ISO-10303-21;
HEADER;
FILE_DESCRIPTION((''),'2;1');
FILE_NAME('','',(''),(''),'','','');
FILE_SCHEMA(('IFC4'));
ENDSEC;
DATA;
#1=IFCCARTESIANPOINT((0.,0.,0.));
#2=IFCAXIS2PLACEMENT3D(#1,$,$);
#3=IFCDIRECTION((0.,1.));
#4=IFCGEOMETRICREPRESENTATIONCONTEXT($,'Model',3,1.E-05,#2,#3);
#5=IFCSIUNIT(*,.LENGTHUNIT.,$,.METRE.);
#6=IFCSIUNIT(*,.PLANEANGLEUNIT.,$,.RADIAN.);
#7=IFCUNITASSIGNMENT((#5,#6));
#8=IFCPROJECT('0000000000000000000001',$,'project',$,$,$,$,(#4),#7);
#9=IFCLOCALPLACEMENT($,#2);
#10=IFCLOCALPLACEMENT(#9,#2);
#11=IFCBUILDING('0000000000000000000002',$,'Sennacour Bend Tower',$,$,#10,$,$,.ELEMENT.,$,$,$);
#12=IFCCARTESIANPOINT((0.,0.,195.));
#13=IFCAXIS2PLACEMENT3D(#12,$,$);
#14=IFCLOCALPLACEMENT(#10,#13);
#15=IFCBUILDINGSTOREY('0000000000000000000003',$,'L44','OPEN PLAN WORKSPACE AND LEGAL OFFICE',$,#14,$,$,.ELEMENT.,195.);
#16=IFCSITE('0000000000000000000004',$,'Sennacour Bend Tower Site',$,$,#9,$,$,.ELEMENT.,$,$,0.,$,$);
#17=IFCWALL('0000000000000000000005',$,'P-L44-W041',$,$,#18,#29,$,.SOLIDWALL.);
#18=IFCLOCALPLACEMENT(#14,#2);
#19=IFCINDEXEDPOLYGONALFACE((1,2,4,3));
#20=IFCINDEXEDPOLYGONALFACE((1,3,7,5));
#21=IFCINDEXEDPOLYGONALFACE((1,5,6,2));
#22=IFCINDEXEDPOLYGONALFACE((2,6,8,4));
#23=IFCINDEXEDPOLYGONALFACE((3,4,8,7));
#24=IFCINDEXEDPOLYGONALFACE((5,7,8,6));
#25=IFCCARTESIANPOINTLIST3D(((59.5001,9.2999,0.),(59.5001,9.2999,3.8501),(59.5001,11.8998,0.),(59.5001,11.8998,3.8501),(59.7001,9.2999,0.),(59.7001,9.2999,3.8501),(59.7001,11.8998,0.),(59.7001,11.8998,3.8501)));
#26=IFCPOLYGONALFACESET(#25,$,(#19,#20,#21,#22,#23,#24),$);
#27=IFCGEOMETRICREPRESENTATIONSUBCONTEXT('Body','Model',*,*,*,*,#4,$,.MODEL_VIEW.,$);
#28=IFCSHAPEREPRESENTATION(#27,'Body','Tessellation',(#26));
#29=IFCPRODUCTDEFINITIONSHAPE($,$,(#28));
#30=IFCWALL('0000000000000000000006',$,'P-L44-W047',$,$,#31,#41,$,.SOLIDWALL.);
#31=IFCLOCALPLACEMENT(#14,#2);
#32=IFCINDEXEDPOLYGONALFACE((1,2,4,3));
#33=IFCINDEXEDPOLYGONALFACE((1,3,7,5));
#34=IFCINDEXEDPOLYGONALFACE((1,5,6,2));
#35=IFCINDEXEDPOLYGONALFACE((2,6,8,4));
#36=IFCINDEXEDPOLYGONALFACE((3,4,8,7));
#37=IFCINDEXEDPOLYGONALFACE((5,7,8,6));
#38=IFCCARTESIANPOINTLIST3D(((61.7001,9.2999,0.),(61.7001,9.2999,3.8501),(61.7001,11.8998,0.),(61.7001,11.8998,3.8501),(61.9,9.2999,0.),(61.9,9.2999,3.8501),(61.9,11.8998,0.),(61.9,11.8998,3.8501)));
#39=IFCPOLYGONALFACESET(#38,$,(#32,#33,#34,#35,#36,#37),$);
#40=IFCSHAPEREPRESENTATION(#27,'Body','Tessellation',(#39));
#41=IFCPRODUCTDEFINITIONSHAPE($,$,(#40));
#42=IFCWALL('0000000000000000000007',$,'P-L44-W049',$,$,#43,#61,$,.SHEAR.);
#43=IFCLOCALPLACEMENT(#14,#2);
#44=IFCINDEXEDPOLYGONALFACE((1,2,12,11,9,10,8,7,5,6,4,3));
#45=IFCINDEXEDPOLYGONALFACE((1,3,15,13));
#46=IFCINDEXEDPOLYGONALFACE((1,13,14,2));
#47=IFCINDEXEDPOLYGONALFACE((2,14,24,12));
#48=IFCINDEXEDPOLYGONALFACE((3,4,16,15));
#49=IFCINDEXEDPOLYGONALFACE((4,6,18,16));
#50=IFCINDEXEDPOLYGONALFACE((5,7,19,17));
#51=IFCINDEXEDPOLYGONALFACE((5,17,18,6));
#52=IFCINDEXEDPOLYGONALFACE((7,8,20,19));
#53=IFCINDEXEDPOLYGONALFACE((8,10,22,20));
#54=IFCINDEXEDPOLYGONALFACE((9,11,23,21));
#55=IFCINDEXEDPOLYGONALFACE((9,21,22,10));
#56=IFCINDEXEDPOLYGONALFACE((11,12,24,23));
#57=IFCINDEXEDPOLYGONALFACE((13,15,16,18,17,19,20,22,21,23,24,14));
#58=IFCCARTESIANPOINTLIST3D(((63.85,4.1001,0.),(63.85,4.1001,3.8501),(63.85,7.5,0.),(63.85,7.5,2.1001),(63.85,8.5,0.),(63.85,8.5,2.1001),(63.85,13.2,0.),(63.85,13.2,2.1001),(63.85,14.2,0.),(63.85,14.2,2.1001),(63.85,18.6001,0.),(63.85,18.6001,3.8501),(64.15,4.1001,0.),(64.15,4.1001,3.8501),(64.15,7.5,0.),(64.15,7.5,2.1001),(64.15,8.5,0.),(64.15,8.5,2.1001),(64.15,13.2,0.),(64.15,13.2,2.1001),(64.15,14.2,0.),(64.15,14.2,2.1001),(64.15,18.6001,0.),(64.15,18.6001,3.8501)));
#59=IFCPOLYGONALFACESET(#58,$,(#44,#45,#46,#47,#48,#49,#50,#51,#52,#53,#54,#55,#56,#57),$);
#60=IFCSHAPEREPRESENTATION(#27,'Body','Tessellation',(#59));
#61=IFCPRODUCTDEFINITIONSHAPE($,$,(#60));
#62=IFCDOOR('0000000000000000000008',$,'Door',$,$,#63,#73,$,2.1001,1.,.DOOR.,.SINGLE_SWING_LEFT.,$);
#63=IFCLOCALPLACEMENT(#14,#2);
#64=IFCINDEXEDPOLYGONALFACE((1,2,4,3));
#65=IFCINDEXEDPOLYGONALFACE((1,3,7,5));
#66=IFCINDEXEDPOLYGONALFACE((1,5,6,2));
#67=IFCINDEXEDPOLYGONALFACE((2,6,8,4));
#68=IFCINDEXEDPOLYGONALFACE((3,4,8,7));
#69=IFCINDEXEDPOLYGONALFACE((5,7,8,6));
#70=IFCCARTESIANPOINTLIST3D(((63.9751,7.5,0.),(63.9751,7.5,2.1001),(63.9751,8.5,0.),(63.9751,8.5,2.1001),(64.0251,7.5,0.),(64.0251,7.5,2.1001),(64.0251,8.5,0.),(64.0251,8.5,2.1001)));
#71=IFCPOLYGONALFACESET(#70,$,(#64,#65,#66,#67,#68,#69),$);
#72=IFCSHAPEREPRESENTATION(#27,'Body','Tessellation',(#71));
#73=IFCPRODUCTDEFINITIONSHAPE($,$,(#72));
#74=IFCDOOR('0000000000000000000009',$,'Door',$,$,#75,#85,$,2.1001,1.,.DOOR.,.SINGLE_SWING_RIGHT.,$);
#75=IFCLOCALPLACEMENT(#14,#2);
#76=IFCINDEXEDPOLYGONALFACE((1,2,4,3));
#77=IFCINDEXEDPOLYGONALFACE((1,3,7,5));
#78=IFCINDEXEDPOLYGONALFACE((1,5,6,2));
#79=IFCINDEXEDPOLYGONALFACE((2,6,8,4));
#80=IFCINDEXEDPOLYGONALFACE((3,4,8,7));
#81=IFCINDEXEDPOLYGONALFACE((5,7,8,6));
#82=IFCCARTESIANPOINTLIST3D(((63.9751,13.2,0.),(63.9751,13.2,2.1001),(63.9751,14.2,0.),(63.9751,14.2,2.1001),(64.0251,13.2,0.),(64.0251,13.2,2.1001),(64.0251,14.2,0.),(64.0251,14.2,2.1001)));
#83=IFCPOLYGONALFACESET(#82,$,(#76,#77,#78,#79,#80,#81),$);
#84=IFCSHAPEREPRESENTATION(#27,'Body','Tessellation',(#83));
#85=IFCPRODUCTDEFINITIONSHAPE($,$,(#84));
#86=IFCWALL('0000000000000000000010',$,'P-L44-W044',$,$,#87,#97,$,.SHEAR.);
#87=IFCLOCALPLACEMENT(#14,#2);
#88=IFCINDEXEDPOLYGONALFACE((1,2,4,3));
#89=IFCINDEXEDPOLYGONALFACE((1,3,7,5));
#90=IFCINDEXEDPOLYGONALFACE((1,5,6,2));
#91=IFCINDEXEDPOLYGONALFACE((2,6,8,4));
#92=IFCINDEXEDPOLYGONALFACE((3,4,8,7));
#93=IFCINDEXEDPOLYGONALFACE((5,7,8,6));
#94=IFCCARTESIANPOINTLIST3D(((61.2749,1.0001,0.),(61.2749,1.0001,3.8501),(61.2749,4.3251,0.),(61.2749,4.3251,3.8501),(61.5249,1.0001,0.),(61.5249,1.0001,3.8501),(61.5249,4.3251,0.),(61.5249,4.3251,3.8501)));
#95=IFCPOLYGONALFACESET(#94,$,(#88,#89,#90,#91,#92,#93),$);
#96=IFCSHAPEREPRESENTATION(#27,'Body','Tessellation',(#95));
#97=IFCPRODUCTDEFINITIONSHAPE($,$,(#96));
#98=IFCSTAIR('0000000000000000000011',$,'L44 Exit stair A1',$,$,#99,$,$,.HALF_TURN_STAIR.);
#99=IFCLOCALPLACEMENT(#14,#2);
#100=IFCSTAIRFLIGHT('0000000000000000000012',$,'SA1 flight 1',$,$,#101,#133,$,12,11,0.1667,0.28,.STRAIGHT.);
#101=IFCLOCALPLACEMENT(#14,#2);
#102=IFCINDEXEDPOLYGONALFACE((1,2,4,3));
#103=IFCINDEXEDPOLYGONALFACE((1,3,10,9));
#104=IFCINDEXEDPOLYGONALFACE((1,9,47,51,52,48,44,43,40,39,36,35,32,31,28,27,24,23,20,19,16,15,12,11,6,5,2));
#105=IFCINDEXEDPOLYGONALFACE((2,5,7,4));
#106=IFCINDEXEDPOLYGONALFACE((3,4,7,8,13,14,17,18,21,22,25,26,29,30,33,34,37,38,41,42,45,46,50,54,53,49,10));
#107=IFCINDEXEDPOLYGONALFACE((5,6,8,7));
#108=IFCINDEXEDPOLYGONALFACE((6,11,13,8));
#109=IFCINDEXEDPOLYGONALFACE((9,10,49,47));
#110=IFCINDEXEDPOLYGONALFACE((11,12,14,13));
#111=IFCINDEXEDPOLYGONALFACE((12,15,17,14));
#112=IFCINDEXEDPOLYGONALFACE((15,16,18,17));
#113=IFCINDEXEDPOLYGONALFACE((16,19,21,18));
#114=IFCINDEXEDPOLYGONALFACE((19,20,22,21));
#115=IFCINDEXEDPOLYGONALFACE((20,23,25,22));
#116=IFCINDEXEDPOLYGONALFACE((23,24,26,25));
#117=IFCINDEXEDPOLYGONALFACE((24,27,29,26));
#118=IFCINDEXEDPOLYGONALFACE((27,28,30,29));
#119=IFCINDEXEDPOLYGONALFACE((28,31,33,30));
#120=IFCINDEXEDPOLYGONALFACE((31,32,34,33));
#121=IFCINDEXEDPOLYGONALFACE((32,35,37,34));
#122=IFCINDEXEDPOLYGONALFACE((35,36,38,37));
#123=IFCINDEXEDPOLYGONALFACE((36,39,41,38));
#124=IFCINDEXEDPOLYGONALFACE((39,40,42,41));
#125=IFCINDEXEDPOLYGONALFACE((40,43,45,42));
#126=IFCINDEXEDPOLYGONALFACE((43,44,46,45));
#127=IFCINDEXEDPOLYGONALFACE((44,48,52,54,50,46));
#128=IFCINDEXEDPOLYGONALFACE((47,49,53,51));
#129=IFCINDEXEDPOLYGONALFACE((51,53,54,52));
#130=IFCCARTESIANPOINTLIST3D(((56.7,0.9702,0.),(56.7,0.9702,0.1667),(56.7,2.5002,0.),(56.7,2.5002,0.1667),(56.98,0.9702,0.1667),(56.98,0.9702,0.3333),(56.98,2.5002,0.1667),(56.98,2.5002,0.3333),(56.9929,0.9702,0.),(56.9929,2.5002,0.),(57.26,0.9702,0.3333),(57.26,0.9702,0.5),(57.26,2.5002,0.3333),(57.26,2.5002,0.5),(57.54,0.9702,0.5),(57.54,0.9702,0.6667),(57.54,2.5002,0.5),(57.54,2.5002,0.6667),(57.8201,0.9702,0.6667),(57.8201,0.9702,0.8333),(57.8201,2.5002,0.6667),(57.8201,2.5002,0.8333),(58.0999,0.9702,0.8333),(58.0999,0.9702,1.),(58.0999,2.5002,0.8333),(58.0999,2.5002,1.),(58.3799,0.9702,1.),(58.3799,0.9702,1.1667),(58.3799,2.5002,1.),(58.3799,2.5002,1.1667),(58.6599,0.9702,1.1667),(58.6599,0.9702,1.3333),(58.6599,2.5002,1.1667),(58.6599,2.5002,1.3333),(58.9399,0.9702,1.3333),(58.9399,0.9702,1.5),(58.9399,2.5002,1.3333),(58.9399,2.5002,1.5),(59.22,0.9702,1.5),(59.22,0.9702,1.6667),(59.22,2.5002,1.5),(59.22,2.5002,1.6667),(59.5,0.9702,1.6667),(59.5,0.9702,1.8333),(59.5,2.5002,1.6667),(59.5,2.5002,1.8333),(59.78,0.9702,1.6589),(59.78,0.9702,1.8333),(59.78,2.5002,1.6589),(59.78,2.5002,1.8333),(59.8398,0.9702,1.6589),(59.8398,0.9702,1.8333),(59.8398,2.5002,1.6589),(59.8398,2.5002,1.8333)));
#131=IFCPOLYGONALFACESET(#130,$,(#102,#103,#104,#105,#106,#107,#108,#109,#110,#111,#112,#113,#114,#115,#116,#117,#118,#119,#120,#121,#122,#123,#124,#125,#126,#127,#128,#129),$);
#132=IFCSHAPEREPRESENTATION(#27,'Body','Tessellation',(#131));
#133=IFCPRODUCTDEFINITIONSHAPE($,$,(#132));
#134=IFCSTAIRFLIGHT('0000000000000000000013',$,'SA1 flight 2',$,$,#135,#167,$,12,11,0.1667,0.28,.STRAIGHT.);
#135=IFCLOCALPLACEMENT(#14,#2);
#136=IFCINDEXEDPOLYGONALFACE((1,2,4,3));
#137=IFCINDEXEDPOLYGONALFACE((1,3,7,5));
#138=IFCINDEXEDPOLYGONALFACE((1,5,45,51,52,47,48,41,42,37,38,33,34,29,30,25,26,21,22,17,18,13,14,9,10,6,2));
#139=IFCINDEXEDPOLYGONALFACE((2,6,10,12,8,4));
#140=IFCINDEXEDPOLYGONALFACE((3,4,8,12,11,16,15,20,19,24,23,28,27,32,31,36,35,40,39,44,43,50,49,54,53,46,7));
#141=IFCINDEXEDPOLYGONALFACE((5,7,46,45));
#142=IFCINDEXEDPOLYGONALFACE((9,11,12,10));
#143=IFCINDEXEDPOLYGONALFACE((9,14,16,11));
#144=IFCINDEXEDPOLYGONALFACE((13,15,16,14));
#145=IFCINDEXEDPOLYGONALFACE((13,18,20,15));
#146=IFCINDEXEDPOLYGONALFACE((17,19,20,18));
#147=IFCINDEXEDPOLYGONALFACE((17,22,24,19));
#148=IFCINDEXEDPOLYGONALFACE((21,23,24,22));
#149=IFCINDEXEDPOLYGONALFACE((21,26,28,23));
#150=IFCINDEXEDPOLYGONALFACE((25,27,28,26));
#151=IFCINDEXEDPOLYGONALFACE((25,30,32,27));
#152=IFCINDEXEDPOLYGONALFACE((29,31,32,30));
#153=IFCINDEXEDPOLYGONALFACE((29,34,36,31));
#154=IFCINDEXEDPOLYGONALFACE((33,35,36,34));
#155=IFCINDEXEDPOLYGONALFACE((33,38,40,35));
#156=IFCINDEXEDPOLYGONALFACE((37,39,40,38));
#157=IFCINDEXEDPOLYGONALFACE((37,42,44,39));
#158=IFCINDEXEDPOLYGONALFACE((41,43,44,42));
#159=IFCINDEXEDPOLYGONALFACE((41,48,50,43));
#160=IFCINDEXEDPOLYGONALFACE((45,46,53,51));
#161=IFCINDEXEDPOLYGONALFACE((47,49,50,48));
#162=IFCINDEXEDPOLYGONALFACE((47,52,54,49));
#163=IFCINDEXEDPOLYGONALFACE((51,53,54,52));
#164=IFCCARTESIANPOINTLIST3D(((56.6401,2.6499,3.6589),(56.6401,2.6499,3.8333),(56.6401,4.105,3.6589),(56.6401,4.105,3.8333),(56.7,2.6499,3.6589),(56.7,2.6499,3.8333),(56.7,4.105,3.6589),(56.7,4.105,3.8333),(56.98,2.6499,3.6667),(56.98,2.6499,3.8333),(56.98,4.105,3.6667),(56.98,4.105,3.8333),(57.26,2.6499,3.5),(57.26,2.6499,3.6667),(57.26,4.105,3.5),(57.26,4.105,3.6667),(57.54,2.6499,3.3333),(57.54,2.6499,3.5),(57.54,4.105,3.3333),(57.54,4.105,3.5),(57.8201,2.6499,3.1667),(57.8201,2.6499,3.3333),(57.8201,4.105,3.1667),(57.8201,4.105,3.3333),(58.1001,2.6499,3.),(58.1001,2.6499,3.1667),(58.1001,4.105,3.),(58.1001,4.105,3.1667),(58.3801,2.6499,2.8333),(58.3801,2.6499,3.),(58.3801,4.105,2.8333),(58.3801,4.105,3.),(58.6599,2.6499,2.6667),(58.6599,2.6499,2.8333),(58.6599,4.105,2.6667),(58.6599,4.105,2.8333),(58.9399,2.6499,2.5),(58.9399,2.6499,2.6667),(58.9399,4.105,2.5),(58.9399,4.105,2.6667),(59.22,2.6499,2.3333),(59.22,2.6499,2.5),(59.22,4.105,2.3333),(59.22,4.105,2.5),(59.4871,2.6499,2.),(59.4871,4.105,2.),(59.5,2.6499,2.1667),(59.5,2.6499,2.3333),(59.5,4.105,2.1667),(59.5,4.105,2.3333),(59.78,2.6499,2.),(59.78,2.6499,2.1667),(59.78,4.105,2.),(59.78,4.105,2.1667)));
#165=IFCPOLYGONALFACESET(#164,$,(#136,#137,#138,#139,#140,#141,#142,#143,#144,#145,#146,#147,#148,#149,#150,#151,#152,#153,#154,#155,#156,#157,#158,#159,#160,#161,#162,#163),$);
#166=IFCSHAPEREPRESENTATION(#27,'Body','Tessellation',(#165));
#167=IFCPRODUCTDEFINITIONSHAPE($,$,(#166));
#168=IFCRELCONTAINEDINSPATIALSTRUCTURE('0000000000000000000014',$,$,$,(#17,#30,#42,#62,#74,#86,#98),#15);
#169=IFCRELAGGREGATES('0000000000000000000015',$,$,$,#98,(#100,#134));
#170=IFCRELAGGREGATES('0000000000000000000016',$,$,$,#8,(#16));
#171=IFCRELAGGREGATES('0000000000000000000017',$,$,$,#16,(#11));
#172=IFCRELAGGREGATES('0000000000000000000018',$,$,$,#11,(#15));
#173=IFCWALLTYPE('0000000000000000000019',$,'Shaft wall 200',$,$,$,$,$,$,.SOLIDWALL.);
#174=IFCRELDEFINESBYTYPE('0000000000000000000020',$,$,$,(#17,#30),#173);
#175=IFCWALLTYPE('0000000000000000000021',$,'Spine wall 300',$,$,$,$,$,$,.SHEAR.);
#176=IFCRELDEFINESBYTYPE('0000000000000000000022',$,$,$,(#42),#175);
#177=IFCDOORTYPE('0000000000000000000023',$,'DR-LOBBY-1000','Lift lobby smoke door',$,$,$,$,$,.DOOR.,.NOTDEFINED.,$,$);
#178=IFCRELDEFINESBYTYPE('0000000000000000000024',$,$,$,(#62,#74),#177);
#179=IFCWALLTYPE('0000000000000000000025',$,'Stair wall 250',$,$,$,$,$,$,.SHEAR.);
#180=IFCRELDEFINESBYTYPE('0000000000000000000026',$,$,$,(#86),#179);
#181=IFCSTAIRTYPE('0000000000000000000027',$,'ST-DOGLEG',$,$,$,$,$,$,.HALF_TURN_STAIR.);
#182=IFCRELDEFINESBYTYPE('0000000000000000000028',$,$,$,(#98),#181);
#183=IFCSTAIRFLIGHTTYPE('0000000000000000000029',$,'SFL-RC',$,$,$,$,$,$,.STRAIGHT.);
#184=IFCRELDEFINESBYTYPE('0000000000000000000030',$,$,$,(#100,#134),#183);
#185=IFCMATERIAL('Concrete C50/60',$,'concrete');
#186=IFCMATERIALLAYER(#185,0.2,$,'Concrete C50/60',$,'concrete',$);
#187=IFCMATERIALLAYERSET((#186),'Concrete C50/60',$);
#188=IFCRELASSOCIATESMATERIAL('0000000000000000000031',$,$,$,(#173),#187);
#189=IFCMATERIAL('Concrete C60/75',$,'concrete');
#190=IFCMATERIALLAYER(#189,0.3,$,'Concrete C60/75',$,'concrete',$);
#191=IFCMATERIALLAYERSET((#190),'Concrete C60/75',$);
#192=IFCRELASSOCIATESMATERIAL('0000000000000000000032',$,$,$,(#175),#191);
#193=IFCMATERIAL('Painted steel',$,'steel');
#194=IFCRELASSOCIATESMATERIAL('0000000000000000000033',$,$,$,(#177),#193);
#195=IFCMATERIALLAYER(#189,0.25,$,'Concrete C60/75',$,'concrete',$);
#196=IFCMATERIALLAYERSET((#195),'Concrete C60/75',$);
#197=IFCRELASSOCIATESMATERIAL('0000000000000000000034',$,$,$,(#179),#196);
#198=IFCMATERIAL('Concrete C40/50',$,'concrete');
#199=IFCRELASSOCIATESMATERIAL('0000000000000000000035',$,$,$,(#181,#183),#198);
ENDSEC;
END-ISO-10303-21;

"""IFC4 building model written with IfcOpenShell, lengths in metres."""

from ifc_helpers import new_model, si_unit, direction, frame, frame_2d, origin, place, context, subcontext, project, spatial, polyline, rectangle, outline, extrude, material, layer, layer_set, type_object, element, fill, aggregate, save


model = new_model("IFC4")

# Units and contexts
model_context = context("Model", 3, precision=1e-05, world=origin(), true_north=direction((0.0, 1.0)))
body_context = subcontext(model_context, "Body", "Model", "MODEL_VIEW")
ifc_project = project(units=[si_unit("LENGTHUNIT", "METRE"), si_unit("PLANEANGLEUNIT", "RADIAN")], contexts=[model_context])

# Site, building, storey
site_placement = place(None, origin())
site = spatial("IfcSite", under=ifc_project, at=site_placement, Name="Sennacour Bend Tower Site", CompositionType="ELEMENT", RefElevation=0.0)
building_placement = place(site_placement, origin())
building = spatial("IfcBuilding", under=site, at=building_placement, Name="Sennacour Bend Tower", CompositionType="ELEMENT")
storey_placement = place(building_placement, frame((0.0, 0.0, 195.0)))
storey = spatial("IfcBuildingStorey", under=building, at=storey_placement, Name="L44", Description="OPEN PLAN WORKSPACE AND LEGAL OFFICE", CompositionType="ELEMENT", Elevation=195.0)

# Shared definitions
ifc_material_1 = material(Name="Concrete C60/75", Category="concrete")

# Shared definitions
ifc_material_2 = material(Name="Painted steel", Category="steel")

# Walls
ifc_material_3 = material(Name="Concrete C50/60", Category="concrete")
ifc_layer_1 = layer(ifc_material_3, 0.2, Name="Concrete C50/60", Category="concrete")
ifc_layer_set_1 = layer_set([ifc_layer_1], Name="Concrete C50/60")
wall_type_1 = type_object("IfcWallType", Name="Shaft wall 200", PredefinedType="SOLIDWALL", material=ifc_layer_set_1)
for number, where, z_axis, x_axis, name in (
    (1, (59.6001, 9.3, 0.0), (0.0, 0.0, 1.0), (0.0, 1.0, 0.0), "P-L44-W041"),
    (2, (61.8, 9.3, 0.0), (0.0, 0.0, 1.0), (0.0, 1.0, 0.0), "P-L44-W047"),
):
    element("IfcWall", number, at=place(storey_placement, frame(where, z_axis=z_axis, x_axis=x_axis)), inside=storey, type_object=wall_type_1, Name=name, PredefinedType="SOLIDWALL", context=body_context, shape_type="SweptSolid", body=[
        extrude(rectangle(XDim=2.5999, YDim=0.2, at=frame_2d((1.2998, 0.0))), origin(), (0.0, 0.0, 1.0), 3.8501),
    ])

# Wall, openings, doors
ifc_layer_2 = layer(ifc_material_1, 0.3, Name="Concrete C60/75", Category="concrete")
ifc_layer_set_2 = layer_set([ifc_layer_2], Name="Concrete C60/75")
wall_type_2 = type_object("IfcWallType", Name="Spine wall 300", PredefinedType="SHEAR", material=ifc_layer_set_2)
wall_1_placement = place(storey_placement, frame((64.0, 4.1001, 0.0), z_axis=(0.0, 0.0, 1.0), x_axis=(0.0, 1.0, 0.0)))
wall_1 = element("IfcWall", 3, at=wall_1_placement, inside=storey, type_object=wall_type_2, Name="P-L44-W049", PredefinedType="SHEAR", context=body_context, shape_type="SweptSolid", body=[
    extrude(rectangle(XDim=14.5, YDim=0.3, at=frame_2d((7.25, 0.0))), origin(), (0.0, 0.0, 1.0), 3.8501),
])
opening_1_placement = place(wall_1_placement, frame((3.3999, 0.0, 0.0)))
opening_1 = element("IfcOpeningElement", 4, at=opening_1_placement, cuts=wall_1, PredefinedType="OPENING", context=body_context, shape_type="SweptSolid", body=[
    extrude(rectangle(XDim=1.0, YDim=2.1001, at=frame_2d((0.5, 1.05))), frame((0.0, 0.1602, 0.0), z_axis=(0.0, -1.0, 0.0), x_axis=(1.0, 0.0, 0.0)), (0.0, 0.0, 1.0), 0.3201),
])
opening_2_placement = place(wall_1_placement, frame((9.0999, 0.0, 0.0)))
opening_2 = element("IfcOpeningElement", 5, at=opening_2_placement, cuts=wall_1, PredefinedType="OPENING", context=body_context, shape_type="SweptSolid", body=[
    extrude(rectangle(XDim=1.0, YDim=2.1001, at=frame_2d((0.5, 1.05))), frame((0.0, 0.1602, 0.0), z_axis=(0.0, -1.0, 0.0), x_axis=(1.0, 0.0, 0.0)), (0.0, 0.0, 1.0), 0.3201),
])
door_type_1 = type_object("IfcDoorType", Name="DR-LOBBY-1000", Description="Lift lobby smoke door", OperationType="NOTDEFINED", PredefinedType="DOOR", material=ifc_material_2)
door_1_placement = place(opening_1_placement, origin())
door_1 = element("IfcDoor", 6, at=door_1_placement, inside=storey, type_object=door_type_1, Name="Door", OperationType="SINGLE_SWING_LEFT", OverallHeight=2.1001, OverallWidth=1.0, PredefinedType="DOOR", context=body_context, shape_type="SweptSolid", body=[
    extrude(rectangle(XDim=1.0, YDim=2.1001, at=frame_2d((0.5, 1.05))), frame((0.0, 0.0249, 0.0), z_axis=(0.0, -1.0, 0.0), x_axis=(1.0, 0.0, 0.0)), (0.0, 0.0, 1.0), 0.05),
])
fill(opening_1, door_1)
door_2_placement = place(opening_2_placement, origin())
door_2 = element("IfcDoor", 7, at=door_2_placement, inside=storey, type_object=door_type_1, Name="Door", OperationType="SINGLE_SWING_RIGHT", OverallHeight=2.1001, OverallWidth=1.0, PredefinedType="DOOR", context=body_context, shape_type="SweptSolid", body=[
    extrude(rectangle(XDim=1.0, YDim=2.1001, at=frame_2d((0.5, 1.05))), frame((0.0, 0.0249, 0.0), z_axis=(0.0, -1.0, 0.0), x_axis=(1.0, 0.0, 0.0)), (0.0, 0.0, 1.0), 0.05),
])
fill(opening_2, door_2)

# Wall
ifc_layer_3 = layer(ifc_material_1, 0.25, Name="Concrete C60/75", Category="concrete")
ifc_layer_set_3 = layer_set([ifc_layer_3], Name="Concrete C60/75")
wall_type_3 = type_object("IfcWallType", Name="Stair wall 250", PredefinedType="SHEAR", material=ifc_layer_set_3)
wall_2_placement = place(storey_placement, frame((61.3999, 1.0, 0.0), z_axis=(0.0, 0.0, 1.0), x_axis=(0.0, 1.0, 0.0)))
element("IfcWall", 8, at=wall_2_placement, inside=storey, type_object=wall_type_3, Name="P-L44-W044", PredefinedType="SHEAR", context=body_context, shape_type="SweptSolid", body=[
    extrude(rectangle(XDim=3.325, YDim=0.25, at=frame_2d((1.6626, 0.0))), origin(), (0.0, 0.0, 1.0), 3.8501),
])

# Stair, stair flights
ifc_material_4 = material(Name="Concrete C40/50", Category="concrete")
stair_type = type_object("IfcStairType", Name="ST-DOGLEG", PredefinedType="HALF_TURN_STAIR", material=ifc_material_4)
stair_placement = place(storey_placement, origin())
stair = element("IfcStair", 9, at=stair_placement, inside=storey, type_object=stair_type, Name="L44 Exit stair A1", PredefinedType="HALF_TURN_STAIR")
stair_flight_type = type_object("IfcStairFlightType", Name="SFL-RC", PredefinedType="STRAIGHT", material=ifc_material_4)
stair_flight_1_placement = place(storey_placement, frame((56.7, 1.7351, 0.0), z_axis=(0.0, 0.0, 1.0), x_axis=(1.0, 0.0, 0.0)))
stair_flight_1 = element("IfcStairFlight", 10, at=stair_flight_1_placement, type_object=stair_flight_type, Name="SA1 flight 1", NumberOfRisers=12, NumberOfTreads=11, PredefinedType="STRAIGHT", RiserHeight=0.1667, TreadLength=0.28, context=body_context, shape_type="SweptSolid", body=[
    extrude(outline(polyline([(0.0, 0.0), (0.0, 0.1667), (0.28, 0.1667), (0.28, 0.3333), (0.5601, 0.3333), (0.5601, 0.5), (0.8401, 0.5), (0.8401, 0.6667), (1.1201, 0.6667), (1.1201, 0.8333), (1.3999, 0.8333), (1.3999, 1.0), (1.6799, 1.0), (1.6799, 1.1667), (1.96, 1.1667), (1.96, 1.3333), (2.24, 1.3333), (2.24, 1.5), (2.52, 1.5), (2.52, 1.6667), (2.8, 1.6667), (2.8, 1.8333), (3.0801, 1.8333), (3.1399, 1.8333), (3.1399, 1.6589), (3.0801, 1.6589), (0.293, 0.0), (0.0, 0.0)])), frame((0.0, 0.7651, 0.0), z_axis=(0.0, -1.0, 0.0), x_axis=(1.0, 0.0, 0.0)), (0.0, 0.0, 1.0), 1.53),
])
stair_flight_2_placement = place(storey_placement, frame((59.78, 3.3774, 2.0), z_axis=(0.0, 0.0, 1.0), x_axis=(-1.0, 0.0, 0.0)))
stair_flight_2 = element("IfcStairFlight", 11, at=stair_flight_2_placement, type_object=stair_flight_type, Name="SA1 flight 2", NumberOfRisers=12, NumberOfTreads=11, PredefinedType="STRAIGHT", RiserHeight=0.1667, TreadLength=0.28, context=body_context, shape_type="SweptSolid", body=[
    extrude(outline(polyline([(0.0, 0.0), (0.0, 0.1667), (0.28, 0.1667), (0.28, 0.3333), (0.5601, 0.3333), (0.5601, 0.5), (0.8401, 0.5), (0.8401, 0.6667), (1.1201, 0.6667), (1.1201, 0.8333), (1.3999, 0.8333), (1.3999, 1.0), (1.6799, 1.0), (1.6799, 1.1667), (1.96, 1.1667), (1.96, 1.3333), (2.24, 1.3333), (2.24, 1.5), (2.52, 1.5), (2.52, 1.6667), (2.8, 1.6667), (2.8, 1.8333), (3.0801, 1.8333), (3.1399, 1.8333), (3.1399, 1.6589), (3.0801, 1.6589), (0.293, 0.0), (0.0, 0.0)])), frame((0.0, 0.7275, 0.0), z_axis=(0.0, -1.0, 0.0), x_axis=(1.0, 0.0, 0.0)), (0.0, 0.0, 1.0), 1.4551),
])
aggregate(stair, [stair_flight_1, stair_flight_2])

save(model, "model.ifc")
